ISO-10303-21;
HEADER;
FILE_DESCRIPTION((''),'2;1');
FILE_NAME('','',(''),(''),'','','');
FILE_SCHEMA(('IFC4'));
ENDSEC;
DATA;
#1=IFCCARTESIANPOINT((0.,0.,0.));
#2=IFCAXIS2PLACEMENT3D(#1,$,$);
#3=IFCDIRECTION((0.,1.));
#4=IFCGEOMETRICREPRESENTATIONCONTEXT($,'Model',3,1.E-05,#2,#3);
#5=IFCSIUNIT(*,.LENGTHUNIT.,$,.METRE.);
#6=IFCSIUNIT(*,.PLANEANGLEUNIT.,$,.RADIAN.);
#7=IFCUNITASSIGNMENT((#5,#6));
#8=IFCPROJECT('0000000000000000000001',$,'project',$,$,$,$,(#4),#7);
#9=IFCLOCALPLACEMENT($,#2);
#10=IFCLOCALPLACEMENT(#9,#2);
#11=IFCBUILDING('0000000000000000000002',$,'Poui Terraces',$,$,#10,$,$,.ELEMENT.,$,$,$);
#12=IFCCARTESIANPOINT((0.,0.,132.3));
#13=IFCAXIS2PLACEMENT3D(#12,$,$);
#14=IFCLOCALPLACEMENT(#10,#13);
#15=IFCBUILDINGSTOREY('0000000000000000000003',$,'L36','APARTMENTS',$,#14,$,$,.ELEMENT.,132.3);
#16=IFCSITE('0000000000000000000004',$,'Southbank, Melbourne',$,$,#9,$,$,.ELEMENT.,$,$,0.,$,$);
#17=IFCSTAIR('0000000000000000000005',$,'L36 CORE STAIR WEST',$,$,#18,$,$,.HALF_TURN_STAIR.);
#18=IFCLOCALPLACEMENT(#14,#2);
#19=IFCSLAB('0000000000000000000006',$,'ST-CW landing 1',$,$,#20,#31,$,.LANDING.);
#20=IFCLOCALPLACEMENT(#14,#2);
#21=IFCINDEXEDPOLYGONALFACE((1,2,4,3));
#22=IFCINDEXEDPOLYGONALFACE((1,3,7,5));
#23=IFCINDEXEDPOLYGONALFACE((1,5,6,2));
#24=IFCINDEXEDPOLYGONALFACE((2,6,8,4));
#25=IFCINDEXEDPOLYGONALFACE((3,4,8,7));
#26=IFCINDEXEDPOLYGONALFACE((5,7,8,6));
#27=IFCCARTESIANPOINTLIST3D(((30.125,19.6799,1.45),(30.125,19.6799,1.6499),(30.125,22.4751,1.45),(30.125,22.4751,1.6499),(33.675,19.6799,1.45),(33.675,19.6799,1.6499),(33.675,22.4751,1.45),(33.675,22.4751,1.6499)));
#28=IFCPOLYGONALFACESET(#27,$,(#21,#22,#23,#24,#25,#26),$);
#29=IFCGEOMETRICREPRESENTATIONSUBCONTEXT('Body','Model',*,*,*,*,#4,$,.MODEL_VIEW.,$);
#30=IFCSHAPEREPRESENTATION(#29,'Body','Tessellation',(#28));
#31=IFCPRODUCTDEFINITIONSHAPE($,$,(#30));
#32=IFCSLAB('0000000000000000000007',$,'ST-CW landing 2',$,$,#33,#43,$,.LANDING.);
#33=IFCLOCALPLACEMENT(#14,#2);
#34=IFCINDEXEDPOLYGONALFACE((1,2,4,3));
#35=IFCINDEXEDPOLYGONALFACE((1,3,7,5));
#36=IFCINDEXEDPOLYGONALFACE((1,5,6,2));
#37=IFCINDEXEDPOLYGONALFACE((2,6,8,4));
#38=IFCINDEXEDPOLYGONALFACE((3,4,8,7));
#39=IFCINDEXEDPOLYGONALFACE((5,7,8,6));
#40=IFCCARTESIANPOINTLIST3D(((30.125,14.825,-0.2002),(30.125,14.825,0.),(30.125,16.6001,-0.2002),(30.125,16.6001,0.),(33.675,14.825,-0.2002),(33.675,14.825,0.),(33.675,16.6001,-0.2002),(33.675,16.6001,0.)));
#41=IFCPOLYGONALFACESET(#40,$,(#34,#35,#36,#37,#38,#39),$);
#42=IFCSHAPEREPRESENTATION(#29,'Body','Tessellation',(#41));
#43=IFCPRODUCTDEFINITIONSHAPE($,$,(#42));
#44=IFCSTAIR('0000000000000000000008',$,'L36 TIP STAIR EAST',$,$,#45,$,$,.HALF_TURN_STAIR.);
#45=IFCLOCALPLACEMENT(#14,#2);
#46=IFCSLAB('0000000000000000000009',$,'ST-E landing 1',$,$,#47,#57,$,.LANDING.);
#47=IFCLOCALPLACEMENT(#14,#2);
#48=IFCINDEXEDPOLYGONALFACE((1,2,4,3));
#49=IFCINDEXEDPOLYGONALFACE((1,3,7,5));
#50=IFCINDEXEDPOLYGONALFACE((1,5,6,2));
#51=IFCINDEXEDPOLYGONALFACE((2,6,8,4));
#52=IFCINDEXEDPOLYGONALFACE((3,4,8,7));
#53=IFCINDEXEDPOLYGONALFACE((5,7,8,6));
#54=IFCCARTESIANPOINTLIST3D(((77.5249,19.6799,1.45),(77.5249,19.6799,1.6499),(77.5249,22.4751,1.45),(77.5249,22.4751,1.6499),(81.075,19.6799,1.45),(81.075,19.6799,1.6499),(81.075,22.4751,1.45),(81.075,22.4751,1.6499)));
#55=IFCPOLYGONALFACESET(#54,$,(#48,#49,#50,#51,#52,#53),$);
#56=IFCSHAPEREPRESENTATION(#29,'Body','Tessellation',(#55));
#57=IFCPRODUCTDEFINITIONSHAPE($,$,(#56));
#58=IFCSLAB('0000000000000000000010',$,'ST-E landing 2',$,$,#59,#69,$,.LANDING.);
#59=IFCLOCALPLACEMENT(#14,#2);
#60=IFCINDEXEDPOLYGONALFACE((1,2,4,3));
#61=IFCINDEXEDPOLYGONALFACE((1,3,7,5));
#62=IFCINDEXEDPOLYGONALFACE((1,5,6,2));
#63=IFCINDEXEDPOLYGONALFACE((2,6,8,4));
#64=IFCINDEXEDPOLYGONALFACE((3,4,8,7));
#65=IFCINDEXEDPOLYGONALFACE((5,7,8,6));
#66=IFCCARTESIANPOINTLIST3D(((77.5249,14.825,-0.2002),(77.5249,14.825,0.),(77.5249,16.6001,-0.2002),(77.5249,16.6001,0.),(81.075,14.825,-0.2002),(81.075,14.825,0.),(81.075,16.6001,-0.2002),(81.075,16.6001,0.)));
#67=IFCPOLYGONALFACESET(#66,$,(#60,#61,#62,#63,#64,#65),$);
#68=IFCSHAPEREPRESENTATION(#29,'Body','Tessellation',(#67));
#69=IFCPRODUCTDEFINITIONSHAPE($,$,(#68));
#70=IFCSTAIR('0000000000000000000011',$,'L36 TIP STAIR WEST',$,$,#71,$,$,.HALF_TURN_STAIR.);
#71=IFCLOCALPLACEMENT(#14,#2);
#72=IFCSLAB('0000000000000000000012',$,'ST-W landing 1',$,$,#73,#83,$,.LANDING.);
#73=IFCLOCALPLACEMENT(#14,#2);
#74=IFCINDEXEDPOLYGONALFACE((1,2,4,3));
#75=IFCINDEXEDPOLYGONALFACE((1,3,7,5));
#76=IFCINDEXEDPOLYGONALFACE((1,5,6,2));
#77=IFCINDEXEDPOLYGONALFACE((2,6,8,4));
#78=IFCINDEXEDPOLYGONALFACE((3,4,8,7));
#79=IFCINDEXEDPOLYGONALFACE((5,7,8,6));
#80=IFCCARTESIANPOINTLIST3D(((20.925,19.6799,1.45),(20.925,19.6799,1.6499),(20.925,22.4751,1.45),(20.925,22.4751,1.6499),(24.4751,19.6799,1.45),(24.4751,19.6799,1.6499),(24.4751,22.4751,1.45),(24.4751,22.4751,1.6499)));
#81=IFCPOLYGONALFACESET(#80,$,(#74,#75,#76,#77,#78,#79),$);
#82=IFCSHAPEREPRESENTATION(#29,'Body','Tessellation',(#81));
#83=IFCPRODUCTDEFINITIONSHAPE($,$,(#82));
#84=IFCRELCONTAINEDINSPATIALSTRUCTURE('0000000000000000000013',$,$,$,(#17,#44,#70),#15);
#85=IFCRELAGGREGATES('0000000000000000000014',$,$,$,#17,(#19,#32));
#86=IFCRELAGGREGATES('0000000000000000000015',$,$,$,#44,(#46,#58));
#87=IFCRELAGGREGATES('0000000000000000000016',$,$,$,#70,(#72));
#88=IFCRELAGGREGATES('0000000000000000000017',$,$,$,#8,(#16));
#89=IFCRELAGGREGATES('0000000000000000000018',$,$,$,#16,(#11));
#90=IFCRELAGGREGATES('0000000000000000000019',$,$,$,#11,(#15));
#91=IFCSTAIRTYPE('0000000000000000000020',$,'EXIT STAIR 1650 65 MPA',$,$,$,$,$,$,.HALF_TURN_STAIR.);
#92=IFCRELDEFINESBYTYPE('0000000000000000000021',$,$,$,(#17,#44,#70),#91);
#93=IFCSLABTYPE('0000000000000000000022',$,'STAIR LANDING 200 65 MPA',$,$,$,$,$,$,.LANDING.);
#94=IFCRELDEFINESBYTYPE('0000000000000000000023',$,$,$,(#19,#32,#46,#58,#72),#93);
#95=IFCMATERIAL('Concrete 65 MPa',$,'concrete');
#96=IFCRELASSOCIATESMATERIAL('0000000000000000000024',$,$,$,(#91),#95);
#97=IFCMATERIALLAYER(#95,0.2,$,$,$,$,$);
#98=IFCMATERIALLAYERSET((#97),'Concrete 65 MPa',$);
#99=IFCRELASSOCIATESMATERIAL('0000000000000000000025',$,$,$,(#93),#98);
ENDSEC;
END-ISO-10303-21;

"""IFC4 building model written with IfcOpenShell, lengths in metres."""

from ifc_helpers import new_model, si_unit, direction, frame, origin, place, context, subcontext, project, spatial, polyline, outline, extrude, material, layer, layer_set, type_object, element, aggregate, save


model = new_model("IFC4")

# Units and contexts
model_context = context("Model", 3, precision=1e-05, world=origin(), true_north=direction((0.0, 1.0)))
body_context = subcontext(model_context, "Body", "Model", "MODEL_VIEW")
ifc_project = project(units=[si_unit("LENGTHUNIT", "METRE"), si_unit("PLANEANGLEUNIT", "RADIAN")], contexts=[model_context])

# Site, building, storey
site_placement = place(None, origin())
site = spatial("IfcSite", under=ifc_project, at=site_placement, Name="Southbank, Melbourne", CompositionType="ELEMENT", RefElevation=0.0)
building_placement = place(site_placement, origin())
building = spatial("IfcBuilding", under=site, at=building_placement, Name="Poui Terraces", CompositionType="ELEMENT")
storey_placement = place(building_placement, frame((0.0, 0.0, 132.3)))
storey = spatial("IfcBuildingStorey", under=building, at=storey_placement, Name="L36", Description="APARTMENTS", CompositionType="ELEMENT", Elevation=132.3)

# Stairs, slabs
ifc_material = material(Name="Concrete 65 MPa", Category="concrete")
stair_type = type_object("IfcStairType", Name="EXIT STAIR 1650 65 MPA", PredefinedType="HALF_TURN_STAIR", material=ifc_material)
stair_1_placement = place(storey_placement, origin())
stair_1 = element("IfcStair", 1, at=stair_1_placement, inside=storey, type_object=stair_type, Name="L36 CORE STAIR WEST", PredefinedType="HALF_TURN_STAIR")
ifc_layer = layer(ifc_material, 0.2)
ifc_layer_set = layer_set([ifc_layer], Name="Concrete 65 MPa")
slab_type = type_object("IfcSlabType", Name="STAIR LANDING 200 65 MPA", PredefinedType="LANDING", material=ifc_layer_set)
slab_1_placement = place(storey_placement, frame((0.0, 0.0, 1.45)))
slab_1 = element("IfcSlab", 2, at=slab_1_placement, type_object=slab_type, Name="ST-CW landing 1", PredefinedType="LANDING", context=body_context, shape_type="SweptSolid", body=[
    extrude(outline(polyline([(30.125, 19.6799), (33.675, 19.6799), (33.675, 22.4751), (30.125, 22.4751), (30.125, 19.6799)])), origin(), (0.0, 0.0, 1.0), 0.2),
])
slab_2_placement = place(storey_placement, frame((0.0, 0.0, -0.2002)))
slab_2 = element("IfcSlab", 3, at=slab_2_placement, type_object=slab_type, Name="ST-CW landing 2", PredefinedType="LANDING", context=body_context, shape_type="SweptSolid", body=[
    extrude(outline(polyline([(30.125, 14.825), (33.675, 14.825), (33.675, 16.6001), (30.125, 16.6001), (30.125, 14.825)])), origin(), (0.0, 0.0, 1.0), 0.2002),
])
aggregate(stair_1, [slab_1, slab_2])
stair_2_placement = place(storey_placement, origin())
stair_2 = element("IfcStair", 4, at=stair_2_placement, inside=storey, type_object=stair_type, Name="L36 TIP STAIR EAST", PredefinedType="HALF_TURN_STAIR")
slab_3_placement = place(storey_placement, frame((0.0, 0.0, 1.45)))
slab_3 = element("IfcSlab", 5, at=slab_3_placement, type_object=slab_type, Name="ST-E landing 1", PredefinedType="LANDING", context=body_context, shape_type="SweptSolid", body=[
    extrude(outline(polyline([(77.5249, 19.6799), (81.075, 19.6799), (81.075, 22.4751), (77.5249, 22.4751), (77.5249, 19.6799)])), origin(), (0.0, 0.0, 1.0), 0.2),
])
slab_4_placement = place(storey_placement, frame((0.0, 0.0, -0.2002)))
slab_4 = element("IfcSlab", 6, at=slab_4_placement, type_object=slab_type, Name="ST-E landing 2", PredefinedType="LANDING", context=body_context, shape_type="SweptSolid", body=[
    extrude(outline(polyline([(77.5249, 14.825), (81.075, 14.825), (81.075, 16.6001), (77.5249, 16.6001), (77.5249, 14.825)])), origin(), (0.0, 0.0, 1.0), 0.2002),
])
aggregate(stair_2, [slab_3, slab_4])

# Stair, slab
stair_3_placement = place(storey_placement, origin())
stair_3 = element("IfcStair", 7, at=stair_3_placement, inside=storey, type_object=stair_type, Name="L36 TIP STAIR WEST", PredefinedType="HALF_TURN_STAIR")
slab_5_placement = place(storey_placement, frame((0.0, 0.0, 1.45)))
slab_5 = element("IfcSlab", 8, at=slab_5_placement, type_object=slab_type, Name="ST-W landing 1", PredefinedType="LANDING", context=body_context, shape_type="SweptSolid", body=[
    extrude(outline(polyline([(20.925, 19.6799), (24.4751, 19.6799), (24.4751, 22.4751), (20.925, 22.4751), (20.925, 19.6799)])), origin(), (0.0, 0.0, 1.0), 0.2),
])
aggregate(stair_3, [slab_5])

save(model, "model.ifc")
